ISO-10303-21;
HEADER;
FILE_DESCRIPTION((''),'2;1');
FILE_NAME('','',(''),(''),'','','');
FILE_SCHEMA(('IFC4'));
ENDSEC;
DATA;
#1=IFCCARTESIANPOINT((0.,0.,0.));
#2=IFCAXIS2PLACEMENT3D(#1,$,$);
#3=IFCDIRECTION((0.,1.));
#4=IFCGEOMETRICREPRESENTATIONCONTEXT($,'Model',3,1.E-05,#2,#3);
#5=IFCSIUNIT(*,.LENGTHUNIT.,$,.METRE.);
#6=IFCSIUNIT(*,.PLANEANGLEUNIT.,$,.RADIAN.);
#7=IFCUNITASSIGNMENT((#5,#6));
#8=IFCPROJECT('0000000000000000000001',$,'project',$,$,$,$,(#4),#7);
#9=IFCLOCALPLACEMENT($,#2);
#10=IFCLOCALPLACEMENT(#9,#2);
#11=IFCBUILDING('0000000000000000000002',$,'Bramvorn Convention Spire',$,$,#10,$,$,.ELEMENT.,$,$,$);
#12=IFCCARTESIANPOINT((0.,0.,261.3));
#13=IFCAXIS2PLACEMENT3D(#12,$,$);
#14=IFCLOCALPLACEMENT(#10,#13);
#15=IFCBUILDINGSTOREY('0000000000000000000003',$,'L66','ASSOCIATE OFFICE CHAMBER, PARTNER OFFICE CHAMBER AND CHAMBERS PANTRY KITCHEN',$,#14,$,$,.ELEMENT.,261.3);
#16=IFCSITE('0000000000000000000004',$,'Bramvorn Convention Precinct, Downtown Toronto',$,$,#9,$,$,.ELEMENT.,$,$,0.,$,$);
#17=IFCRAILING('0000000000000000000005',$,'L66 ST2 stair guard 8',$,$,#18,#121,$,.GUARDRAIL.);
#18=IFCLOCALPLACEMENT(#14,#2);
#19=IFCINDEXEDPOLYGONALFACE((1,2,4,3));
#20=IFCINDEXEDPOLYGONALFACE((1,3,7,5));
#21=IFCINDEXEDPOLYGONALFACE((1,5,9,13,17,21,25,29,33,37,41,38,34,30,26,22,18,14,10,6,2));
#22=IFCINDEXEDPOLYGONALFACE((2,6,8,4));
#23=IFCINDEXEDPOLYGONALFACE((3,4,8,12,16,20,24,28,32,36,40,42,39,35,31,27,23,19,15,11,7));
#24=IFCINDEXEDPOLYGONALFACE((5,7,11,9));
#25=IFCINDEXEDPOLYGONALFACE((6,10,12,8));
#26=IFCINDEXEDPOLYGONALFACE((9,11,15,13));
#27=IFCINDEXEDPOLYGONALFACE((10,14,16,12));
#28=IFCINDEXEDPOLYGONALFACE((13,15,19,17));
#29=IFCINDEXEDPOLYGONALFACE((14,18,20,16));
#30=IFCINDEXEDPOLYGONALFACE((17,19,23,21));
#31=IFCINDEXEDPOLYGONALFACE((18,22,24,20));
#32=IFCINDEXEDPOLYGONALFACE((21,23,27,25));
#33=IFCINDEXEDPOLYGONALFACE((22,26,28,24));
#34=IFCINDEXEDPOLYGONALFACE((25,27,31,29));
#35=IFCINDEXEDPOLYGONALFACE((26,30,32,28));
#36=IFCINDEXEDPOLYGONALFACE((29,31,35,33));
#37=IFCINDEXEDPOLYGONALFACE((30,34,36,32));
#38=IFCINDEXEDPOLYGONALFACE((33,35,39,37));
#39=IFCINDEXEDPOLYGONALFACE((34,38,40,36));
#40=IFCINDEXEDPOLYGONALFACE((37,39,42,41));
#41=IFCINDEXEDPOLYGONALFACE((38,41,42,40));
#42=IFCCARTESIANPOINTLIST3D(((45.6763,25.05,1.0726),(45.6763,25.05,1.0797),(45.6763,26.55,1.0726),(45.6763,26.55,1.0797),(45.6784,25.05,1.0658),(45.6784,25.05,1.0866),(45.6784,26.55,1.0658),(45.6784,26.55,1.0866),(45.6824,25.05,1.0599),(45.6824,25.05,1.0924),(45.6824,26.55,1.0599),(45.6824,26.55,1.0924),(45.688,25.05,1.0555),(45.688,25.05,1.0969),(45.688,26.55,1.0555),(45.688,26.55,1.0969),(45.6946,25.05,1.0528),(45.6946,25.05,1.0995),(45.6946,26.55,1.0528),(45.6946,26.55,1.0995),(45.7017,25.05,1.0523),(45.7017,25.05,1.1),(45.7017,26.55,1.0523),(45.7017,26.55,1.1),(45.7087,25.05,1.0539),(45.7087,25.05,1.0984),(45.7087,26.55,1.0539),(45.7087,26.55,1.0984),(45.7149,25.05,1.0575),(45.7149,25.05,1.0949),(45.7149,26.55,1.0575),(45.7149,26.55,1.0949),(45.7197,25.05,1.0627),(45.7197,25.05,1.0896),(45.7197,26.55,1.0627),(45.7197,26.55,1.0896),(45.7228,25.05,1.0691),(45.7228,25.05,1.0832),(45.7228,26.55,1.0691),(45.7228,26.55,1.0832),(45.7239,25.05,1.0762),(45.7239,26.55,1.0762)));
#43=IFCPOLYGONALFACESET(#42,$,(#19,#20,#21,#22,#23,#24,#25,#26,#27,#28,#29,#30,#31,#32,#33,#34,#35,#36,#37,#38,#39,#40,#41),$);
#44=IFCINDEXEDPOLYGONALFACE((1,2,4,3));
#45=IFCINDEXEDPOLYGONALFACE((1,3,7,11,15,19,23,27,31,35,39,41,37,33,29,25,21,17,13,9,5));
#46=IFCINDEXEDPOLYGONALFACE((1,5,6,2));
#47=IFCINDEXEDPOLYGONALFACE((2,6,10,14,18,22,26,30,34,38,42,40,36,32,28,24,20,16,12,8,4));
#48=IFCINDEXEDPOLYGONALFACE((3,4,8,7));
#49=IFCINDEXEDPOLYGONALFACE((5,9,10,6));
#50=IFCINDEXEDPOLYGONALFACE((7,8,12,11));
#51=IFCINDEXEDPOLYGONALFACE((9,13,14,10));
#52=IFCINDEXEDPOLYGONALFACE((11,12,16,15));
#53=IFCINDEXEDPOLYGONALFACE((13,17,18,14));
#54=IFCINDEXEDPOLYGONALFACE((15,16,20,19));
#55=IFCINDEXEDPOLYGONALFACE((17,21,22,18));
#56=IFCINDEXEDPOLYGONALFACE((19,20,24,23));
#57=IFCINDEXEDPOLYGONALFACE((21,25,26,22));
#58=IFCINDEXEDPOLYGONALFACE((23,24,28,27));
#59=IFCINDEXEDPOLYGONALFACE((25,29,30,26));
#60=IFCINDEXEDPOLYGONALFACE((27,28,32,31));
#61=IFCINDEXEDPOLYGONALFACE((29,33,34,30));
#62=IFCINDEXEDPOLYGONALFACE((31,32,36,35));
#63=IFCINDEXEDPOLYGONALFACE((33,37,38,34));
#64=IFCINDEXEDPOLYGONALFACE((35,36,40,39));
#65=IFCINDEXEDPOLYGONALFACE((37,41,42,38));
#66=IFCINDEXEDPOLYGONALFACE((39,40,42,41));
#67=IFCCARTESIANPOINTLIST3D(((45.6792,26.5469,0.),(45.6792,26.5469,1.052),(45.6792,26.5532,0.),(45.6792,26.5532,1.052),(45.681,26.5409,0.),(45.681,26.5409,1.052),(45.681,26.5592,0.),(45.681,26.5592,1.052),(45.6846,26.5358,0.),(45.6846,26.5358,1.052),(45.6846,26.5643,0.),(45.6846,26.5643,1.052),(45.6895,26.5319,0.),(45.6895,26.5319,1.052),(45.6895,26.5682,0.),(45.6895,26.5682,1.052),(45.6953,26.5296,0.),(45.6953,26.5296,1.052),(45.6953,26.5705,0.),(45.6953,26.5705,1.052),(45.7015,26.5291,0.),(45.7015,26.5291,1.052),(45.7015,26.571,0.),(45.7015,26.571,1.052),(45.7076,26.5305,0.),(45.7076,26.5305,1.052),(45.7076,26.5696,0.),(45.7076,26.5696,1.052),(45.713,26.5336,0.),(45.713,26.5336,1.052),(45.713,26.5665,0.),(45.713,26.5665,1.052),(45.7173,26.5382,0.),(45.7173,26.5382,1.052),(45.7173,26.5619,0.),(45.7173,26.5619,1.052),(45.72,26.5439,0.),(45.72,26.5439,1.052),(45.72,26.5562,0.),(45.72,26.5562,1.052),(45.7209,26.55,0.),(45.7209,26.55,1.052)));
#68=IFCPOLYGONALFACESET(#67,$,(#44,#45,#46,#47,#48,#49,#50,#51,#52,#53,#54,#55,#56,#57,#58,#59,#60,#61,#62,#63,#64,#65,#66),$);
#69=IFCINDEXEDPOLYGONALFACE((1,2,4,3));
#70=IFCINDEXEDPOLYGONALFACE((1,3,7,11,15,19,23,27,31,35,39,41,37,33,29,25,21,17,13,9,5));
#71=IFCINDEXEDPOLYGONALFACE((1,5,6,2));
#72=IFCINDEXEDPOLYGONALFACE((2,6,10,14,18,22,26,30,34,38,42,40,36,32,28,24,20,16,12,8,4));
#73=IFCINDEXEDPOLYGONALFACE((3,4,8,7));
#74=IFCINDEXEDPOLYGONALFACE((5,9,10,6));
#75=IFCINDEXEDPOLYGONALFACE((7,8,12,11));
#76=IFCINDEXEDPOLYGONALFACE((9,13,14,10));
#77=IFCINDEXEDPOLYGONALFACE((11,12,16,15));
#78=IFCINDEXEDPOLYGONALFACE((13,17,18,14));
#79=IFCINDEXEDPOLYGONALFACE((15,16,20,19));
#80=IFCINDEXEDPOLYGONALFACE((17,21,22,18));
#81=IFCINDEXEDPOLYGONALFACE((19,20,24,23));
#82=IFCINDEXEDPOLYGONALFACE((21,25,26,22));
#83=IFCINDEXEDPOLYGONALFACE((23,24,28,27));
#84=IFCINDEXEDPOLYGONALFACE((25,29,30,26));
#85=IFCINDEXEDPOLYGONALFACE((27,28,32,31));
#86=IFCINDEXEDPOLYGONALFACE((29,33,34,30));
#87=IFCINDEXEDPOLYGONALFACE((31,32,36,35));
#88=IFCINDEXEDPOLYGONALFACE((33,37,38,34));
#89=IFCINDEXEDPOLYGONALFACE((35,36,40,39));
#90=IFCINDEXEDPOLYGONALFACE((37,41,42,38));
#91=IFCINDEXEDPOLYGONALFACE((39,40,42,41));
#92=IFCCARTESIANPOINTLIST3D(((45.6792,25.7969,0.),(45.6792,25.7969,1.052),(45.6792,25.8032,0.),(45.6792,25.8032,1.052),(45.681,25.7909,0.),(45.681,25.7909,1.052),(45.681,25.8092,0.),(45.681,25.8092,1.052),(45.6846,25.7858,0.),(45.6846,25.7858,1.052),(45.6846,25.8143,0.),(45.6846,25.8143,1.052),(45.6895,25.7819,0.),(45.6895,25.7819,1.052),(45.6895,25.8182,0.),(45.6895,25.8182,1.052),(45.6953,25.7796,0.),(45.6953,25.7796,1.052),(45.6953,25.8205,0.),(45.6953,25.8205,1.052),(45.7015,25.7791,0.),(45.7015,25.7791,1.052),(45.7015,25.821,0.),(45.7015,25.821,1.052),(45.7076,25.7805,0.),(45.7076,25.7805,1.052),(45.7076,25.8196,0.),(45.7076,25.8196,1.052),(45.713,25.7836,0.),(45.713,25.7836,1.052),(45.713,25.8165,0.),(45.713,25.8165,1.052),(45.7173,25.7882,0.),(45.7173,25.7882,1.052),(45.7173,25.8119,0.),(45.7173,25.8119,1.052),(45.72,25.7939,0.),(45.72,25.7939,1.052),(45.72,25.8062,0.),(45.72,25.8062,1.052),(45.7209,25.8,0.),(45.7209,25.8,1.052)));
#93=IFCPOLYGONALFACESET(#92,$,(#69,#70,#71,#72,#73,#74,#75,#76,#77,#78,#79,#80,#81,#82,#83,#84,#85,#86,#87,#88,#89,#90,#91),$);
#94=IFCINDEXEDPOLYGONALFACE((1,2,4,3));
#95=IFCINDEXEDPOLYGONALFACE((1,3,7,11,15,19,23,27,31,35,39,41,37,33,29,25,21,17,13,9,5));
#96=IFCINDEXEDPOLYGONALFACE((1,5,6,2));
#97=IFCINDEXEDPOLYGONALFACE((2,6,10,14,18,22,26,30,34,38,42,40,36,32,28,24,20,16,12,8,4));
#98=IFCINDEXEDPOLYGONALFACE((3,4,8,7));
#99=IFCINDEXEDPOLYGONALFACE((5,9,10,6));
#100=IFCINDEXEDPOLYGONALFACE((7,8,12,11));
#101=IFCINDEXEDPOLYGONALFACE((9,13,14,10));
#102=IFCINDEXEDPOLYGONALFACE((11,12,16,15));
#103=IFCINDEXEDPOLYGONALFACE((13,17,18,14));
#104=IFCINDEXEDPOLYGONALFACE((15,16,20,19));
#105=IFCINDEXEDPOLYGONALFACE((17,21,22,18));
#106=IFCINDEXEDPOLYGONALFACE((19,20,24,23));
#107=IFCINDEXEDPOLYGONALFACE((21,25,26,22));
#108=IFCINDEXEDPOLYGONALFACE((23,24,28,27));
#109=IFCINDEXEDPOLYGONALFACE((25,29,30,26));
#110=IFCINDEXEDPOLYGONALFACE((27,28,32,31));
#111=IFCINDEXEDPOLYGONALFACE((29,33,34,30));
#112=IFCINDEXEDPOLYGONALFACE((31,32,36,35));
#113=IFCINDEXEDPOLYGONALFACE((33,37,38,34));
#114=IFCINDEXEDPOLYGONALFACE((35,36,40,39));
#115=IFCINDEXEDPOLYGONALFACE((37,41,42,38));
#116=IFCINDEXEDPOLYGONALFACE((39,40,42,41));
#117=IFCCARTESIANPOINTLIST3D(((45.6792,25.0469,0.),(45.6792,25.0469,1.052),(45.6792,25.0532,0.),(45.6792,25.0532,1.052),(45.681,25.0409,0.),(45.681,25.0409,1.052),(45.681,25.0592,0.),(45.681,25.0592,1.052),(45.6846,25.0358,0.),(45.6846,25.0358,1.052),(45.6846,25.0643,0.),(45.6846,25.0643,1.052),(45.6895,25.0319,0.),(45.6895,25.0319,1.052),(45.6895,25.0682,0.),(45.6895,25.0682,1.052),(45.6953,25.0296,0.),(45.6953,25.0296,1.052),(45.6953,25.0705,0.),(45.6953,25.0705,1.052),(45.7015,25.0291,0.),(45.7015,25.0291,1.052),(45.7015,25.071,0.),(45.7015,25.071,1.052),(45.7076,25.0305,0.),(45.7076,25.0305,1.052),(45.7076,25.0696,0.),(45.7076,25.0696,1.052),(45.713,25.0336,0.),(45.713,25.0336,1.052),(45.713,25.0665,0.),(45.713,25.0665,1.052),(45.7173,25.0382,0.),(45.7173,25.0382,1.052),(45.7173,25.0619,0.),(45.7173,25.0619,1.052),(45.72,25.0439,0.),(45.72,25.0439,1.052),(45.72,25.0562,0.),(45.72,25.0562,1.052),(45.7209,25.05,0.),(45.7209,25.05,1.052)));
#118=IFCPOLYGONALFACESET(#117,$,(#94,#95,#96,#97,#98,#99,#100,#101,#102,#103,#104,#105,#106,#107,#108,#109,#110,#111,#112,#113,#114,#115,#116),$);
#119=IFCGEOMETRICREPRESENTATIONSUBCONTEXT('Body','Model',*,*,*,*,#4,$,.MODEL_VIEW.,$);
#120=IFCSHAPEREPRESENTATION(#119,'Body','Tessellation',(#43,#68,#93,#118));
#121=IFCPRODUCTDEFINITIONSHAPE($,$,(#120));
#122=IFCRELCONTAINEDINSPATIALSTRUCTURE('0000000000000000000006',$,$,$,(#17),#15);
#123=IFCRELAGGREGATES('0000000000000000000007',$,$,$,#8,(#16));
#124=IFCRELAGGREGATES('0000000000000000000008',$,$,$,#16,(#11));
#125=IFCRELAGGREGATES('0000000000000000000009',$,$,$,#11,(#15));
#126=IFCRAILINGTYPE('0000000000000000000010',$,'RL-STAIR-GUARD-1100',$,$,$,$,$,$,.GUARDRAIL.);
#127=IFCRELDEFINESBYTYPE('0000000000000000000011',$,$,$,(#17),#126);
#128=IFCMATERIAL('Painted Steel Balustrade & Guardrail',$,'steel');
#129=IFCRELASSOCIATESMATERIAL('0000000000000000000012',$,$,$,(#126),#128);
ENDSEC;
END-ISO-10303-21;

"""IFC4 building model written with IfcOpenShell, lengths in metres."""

from ifc_helpers import new_model, si_unit, direction, frame, origin, origin_2d, place, context, subcontext, project, spatial, circle, extrude, material, type_object, element, save


model = new_model("IFC4")

# Units and contexts
model_context = context("Model", 3, precision=1e-05, world=origin(), true_north=direction((0.0, 1.0)))
body_context = subcontext(model_context, "Body", "Model", "MODEL_VIEW")
ifc_project = project(units=[si_unit("LENGTHUNIT", "METRE"), si_unit("PLANEANGLEUNIT", "RADIAN")], contexts=[model_context])

# Site, building, storey
site_placement = place(None, origin())
site = spatial("IfcSite", under=ifc_project, at=site_placement, Name="Bramvorn Convention Precinct, Downtown Toronto", CompositionType="ELEMENT", RefElevation=0.0)
building_placement = place(site_placement, origin())
building = spatial("IfcBuilding", under=site, at=building_placement, Name="Bramvorn Convention Spire", CompositionType="ELEMENT")
storey_placement = place(building_placement, frame((0.0, 0.0, 261.3)))
storey = spatial("IfcBuildingStorey", under=building, at=storey_placement, Name="L66", Description="ASSOCIATE OFFICE CHAMBER, PARTNER OFFICE CHAMBER AND CHAMBERS PANTRY KITCHEN", CompositionType="ELEMENT", Elevation=261.3)

# Railing
ifc_material_1 = material(Name="Painted Steel Balustrade & Guardrail", Category="steel")
railing_type_1 = type_object("IfcRailingType", Name="RL-STAIR-GUARD-1100", PredefinedType="GUARDRAIL", material=ifc_material_1)
railing_1_placement = place(storey_placement, frame((45.7, 26.55, 0.0)))
element("IfcRailing", 1, at=railing_1_placement, inside=storey, type_object=railing_type_1, Name="L66 ST2 stair guard 8", PredefinedType="GUARDRAIL", context=body_context, shape_type="SweptSolid", body=[
    extrude(circle(Radius=0.0239, at=origin_2d()), frame((0.0, 0.0, 1.0762), z_axis=(0.0, -1.0, 0.0), x_axis=(1.0, 0.0, 0.0)), (0.0, 0.0, 1.0), 1.5),
    extrude(circle(Radius=0.021, at=origin_2d()), origin(), (0.0, 0.0, 1.0), 1.052),
    extrude(circle(Radius=0.021, at=origin_2d()), frame((0.0, -0.75, 0.0)), (0.0, 0.0, 1.0), 1.052),
    extrude(circle(Radius=0.021, at=origin_2d()), frame((0.0, -1.5, 0.0)), (0.0, 0.0, 1.0), 1.052),
])

save(model, "model.ifc")
